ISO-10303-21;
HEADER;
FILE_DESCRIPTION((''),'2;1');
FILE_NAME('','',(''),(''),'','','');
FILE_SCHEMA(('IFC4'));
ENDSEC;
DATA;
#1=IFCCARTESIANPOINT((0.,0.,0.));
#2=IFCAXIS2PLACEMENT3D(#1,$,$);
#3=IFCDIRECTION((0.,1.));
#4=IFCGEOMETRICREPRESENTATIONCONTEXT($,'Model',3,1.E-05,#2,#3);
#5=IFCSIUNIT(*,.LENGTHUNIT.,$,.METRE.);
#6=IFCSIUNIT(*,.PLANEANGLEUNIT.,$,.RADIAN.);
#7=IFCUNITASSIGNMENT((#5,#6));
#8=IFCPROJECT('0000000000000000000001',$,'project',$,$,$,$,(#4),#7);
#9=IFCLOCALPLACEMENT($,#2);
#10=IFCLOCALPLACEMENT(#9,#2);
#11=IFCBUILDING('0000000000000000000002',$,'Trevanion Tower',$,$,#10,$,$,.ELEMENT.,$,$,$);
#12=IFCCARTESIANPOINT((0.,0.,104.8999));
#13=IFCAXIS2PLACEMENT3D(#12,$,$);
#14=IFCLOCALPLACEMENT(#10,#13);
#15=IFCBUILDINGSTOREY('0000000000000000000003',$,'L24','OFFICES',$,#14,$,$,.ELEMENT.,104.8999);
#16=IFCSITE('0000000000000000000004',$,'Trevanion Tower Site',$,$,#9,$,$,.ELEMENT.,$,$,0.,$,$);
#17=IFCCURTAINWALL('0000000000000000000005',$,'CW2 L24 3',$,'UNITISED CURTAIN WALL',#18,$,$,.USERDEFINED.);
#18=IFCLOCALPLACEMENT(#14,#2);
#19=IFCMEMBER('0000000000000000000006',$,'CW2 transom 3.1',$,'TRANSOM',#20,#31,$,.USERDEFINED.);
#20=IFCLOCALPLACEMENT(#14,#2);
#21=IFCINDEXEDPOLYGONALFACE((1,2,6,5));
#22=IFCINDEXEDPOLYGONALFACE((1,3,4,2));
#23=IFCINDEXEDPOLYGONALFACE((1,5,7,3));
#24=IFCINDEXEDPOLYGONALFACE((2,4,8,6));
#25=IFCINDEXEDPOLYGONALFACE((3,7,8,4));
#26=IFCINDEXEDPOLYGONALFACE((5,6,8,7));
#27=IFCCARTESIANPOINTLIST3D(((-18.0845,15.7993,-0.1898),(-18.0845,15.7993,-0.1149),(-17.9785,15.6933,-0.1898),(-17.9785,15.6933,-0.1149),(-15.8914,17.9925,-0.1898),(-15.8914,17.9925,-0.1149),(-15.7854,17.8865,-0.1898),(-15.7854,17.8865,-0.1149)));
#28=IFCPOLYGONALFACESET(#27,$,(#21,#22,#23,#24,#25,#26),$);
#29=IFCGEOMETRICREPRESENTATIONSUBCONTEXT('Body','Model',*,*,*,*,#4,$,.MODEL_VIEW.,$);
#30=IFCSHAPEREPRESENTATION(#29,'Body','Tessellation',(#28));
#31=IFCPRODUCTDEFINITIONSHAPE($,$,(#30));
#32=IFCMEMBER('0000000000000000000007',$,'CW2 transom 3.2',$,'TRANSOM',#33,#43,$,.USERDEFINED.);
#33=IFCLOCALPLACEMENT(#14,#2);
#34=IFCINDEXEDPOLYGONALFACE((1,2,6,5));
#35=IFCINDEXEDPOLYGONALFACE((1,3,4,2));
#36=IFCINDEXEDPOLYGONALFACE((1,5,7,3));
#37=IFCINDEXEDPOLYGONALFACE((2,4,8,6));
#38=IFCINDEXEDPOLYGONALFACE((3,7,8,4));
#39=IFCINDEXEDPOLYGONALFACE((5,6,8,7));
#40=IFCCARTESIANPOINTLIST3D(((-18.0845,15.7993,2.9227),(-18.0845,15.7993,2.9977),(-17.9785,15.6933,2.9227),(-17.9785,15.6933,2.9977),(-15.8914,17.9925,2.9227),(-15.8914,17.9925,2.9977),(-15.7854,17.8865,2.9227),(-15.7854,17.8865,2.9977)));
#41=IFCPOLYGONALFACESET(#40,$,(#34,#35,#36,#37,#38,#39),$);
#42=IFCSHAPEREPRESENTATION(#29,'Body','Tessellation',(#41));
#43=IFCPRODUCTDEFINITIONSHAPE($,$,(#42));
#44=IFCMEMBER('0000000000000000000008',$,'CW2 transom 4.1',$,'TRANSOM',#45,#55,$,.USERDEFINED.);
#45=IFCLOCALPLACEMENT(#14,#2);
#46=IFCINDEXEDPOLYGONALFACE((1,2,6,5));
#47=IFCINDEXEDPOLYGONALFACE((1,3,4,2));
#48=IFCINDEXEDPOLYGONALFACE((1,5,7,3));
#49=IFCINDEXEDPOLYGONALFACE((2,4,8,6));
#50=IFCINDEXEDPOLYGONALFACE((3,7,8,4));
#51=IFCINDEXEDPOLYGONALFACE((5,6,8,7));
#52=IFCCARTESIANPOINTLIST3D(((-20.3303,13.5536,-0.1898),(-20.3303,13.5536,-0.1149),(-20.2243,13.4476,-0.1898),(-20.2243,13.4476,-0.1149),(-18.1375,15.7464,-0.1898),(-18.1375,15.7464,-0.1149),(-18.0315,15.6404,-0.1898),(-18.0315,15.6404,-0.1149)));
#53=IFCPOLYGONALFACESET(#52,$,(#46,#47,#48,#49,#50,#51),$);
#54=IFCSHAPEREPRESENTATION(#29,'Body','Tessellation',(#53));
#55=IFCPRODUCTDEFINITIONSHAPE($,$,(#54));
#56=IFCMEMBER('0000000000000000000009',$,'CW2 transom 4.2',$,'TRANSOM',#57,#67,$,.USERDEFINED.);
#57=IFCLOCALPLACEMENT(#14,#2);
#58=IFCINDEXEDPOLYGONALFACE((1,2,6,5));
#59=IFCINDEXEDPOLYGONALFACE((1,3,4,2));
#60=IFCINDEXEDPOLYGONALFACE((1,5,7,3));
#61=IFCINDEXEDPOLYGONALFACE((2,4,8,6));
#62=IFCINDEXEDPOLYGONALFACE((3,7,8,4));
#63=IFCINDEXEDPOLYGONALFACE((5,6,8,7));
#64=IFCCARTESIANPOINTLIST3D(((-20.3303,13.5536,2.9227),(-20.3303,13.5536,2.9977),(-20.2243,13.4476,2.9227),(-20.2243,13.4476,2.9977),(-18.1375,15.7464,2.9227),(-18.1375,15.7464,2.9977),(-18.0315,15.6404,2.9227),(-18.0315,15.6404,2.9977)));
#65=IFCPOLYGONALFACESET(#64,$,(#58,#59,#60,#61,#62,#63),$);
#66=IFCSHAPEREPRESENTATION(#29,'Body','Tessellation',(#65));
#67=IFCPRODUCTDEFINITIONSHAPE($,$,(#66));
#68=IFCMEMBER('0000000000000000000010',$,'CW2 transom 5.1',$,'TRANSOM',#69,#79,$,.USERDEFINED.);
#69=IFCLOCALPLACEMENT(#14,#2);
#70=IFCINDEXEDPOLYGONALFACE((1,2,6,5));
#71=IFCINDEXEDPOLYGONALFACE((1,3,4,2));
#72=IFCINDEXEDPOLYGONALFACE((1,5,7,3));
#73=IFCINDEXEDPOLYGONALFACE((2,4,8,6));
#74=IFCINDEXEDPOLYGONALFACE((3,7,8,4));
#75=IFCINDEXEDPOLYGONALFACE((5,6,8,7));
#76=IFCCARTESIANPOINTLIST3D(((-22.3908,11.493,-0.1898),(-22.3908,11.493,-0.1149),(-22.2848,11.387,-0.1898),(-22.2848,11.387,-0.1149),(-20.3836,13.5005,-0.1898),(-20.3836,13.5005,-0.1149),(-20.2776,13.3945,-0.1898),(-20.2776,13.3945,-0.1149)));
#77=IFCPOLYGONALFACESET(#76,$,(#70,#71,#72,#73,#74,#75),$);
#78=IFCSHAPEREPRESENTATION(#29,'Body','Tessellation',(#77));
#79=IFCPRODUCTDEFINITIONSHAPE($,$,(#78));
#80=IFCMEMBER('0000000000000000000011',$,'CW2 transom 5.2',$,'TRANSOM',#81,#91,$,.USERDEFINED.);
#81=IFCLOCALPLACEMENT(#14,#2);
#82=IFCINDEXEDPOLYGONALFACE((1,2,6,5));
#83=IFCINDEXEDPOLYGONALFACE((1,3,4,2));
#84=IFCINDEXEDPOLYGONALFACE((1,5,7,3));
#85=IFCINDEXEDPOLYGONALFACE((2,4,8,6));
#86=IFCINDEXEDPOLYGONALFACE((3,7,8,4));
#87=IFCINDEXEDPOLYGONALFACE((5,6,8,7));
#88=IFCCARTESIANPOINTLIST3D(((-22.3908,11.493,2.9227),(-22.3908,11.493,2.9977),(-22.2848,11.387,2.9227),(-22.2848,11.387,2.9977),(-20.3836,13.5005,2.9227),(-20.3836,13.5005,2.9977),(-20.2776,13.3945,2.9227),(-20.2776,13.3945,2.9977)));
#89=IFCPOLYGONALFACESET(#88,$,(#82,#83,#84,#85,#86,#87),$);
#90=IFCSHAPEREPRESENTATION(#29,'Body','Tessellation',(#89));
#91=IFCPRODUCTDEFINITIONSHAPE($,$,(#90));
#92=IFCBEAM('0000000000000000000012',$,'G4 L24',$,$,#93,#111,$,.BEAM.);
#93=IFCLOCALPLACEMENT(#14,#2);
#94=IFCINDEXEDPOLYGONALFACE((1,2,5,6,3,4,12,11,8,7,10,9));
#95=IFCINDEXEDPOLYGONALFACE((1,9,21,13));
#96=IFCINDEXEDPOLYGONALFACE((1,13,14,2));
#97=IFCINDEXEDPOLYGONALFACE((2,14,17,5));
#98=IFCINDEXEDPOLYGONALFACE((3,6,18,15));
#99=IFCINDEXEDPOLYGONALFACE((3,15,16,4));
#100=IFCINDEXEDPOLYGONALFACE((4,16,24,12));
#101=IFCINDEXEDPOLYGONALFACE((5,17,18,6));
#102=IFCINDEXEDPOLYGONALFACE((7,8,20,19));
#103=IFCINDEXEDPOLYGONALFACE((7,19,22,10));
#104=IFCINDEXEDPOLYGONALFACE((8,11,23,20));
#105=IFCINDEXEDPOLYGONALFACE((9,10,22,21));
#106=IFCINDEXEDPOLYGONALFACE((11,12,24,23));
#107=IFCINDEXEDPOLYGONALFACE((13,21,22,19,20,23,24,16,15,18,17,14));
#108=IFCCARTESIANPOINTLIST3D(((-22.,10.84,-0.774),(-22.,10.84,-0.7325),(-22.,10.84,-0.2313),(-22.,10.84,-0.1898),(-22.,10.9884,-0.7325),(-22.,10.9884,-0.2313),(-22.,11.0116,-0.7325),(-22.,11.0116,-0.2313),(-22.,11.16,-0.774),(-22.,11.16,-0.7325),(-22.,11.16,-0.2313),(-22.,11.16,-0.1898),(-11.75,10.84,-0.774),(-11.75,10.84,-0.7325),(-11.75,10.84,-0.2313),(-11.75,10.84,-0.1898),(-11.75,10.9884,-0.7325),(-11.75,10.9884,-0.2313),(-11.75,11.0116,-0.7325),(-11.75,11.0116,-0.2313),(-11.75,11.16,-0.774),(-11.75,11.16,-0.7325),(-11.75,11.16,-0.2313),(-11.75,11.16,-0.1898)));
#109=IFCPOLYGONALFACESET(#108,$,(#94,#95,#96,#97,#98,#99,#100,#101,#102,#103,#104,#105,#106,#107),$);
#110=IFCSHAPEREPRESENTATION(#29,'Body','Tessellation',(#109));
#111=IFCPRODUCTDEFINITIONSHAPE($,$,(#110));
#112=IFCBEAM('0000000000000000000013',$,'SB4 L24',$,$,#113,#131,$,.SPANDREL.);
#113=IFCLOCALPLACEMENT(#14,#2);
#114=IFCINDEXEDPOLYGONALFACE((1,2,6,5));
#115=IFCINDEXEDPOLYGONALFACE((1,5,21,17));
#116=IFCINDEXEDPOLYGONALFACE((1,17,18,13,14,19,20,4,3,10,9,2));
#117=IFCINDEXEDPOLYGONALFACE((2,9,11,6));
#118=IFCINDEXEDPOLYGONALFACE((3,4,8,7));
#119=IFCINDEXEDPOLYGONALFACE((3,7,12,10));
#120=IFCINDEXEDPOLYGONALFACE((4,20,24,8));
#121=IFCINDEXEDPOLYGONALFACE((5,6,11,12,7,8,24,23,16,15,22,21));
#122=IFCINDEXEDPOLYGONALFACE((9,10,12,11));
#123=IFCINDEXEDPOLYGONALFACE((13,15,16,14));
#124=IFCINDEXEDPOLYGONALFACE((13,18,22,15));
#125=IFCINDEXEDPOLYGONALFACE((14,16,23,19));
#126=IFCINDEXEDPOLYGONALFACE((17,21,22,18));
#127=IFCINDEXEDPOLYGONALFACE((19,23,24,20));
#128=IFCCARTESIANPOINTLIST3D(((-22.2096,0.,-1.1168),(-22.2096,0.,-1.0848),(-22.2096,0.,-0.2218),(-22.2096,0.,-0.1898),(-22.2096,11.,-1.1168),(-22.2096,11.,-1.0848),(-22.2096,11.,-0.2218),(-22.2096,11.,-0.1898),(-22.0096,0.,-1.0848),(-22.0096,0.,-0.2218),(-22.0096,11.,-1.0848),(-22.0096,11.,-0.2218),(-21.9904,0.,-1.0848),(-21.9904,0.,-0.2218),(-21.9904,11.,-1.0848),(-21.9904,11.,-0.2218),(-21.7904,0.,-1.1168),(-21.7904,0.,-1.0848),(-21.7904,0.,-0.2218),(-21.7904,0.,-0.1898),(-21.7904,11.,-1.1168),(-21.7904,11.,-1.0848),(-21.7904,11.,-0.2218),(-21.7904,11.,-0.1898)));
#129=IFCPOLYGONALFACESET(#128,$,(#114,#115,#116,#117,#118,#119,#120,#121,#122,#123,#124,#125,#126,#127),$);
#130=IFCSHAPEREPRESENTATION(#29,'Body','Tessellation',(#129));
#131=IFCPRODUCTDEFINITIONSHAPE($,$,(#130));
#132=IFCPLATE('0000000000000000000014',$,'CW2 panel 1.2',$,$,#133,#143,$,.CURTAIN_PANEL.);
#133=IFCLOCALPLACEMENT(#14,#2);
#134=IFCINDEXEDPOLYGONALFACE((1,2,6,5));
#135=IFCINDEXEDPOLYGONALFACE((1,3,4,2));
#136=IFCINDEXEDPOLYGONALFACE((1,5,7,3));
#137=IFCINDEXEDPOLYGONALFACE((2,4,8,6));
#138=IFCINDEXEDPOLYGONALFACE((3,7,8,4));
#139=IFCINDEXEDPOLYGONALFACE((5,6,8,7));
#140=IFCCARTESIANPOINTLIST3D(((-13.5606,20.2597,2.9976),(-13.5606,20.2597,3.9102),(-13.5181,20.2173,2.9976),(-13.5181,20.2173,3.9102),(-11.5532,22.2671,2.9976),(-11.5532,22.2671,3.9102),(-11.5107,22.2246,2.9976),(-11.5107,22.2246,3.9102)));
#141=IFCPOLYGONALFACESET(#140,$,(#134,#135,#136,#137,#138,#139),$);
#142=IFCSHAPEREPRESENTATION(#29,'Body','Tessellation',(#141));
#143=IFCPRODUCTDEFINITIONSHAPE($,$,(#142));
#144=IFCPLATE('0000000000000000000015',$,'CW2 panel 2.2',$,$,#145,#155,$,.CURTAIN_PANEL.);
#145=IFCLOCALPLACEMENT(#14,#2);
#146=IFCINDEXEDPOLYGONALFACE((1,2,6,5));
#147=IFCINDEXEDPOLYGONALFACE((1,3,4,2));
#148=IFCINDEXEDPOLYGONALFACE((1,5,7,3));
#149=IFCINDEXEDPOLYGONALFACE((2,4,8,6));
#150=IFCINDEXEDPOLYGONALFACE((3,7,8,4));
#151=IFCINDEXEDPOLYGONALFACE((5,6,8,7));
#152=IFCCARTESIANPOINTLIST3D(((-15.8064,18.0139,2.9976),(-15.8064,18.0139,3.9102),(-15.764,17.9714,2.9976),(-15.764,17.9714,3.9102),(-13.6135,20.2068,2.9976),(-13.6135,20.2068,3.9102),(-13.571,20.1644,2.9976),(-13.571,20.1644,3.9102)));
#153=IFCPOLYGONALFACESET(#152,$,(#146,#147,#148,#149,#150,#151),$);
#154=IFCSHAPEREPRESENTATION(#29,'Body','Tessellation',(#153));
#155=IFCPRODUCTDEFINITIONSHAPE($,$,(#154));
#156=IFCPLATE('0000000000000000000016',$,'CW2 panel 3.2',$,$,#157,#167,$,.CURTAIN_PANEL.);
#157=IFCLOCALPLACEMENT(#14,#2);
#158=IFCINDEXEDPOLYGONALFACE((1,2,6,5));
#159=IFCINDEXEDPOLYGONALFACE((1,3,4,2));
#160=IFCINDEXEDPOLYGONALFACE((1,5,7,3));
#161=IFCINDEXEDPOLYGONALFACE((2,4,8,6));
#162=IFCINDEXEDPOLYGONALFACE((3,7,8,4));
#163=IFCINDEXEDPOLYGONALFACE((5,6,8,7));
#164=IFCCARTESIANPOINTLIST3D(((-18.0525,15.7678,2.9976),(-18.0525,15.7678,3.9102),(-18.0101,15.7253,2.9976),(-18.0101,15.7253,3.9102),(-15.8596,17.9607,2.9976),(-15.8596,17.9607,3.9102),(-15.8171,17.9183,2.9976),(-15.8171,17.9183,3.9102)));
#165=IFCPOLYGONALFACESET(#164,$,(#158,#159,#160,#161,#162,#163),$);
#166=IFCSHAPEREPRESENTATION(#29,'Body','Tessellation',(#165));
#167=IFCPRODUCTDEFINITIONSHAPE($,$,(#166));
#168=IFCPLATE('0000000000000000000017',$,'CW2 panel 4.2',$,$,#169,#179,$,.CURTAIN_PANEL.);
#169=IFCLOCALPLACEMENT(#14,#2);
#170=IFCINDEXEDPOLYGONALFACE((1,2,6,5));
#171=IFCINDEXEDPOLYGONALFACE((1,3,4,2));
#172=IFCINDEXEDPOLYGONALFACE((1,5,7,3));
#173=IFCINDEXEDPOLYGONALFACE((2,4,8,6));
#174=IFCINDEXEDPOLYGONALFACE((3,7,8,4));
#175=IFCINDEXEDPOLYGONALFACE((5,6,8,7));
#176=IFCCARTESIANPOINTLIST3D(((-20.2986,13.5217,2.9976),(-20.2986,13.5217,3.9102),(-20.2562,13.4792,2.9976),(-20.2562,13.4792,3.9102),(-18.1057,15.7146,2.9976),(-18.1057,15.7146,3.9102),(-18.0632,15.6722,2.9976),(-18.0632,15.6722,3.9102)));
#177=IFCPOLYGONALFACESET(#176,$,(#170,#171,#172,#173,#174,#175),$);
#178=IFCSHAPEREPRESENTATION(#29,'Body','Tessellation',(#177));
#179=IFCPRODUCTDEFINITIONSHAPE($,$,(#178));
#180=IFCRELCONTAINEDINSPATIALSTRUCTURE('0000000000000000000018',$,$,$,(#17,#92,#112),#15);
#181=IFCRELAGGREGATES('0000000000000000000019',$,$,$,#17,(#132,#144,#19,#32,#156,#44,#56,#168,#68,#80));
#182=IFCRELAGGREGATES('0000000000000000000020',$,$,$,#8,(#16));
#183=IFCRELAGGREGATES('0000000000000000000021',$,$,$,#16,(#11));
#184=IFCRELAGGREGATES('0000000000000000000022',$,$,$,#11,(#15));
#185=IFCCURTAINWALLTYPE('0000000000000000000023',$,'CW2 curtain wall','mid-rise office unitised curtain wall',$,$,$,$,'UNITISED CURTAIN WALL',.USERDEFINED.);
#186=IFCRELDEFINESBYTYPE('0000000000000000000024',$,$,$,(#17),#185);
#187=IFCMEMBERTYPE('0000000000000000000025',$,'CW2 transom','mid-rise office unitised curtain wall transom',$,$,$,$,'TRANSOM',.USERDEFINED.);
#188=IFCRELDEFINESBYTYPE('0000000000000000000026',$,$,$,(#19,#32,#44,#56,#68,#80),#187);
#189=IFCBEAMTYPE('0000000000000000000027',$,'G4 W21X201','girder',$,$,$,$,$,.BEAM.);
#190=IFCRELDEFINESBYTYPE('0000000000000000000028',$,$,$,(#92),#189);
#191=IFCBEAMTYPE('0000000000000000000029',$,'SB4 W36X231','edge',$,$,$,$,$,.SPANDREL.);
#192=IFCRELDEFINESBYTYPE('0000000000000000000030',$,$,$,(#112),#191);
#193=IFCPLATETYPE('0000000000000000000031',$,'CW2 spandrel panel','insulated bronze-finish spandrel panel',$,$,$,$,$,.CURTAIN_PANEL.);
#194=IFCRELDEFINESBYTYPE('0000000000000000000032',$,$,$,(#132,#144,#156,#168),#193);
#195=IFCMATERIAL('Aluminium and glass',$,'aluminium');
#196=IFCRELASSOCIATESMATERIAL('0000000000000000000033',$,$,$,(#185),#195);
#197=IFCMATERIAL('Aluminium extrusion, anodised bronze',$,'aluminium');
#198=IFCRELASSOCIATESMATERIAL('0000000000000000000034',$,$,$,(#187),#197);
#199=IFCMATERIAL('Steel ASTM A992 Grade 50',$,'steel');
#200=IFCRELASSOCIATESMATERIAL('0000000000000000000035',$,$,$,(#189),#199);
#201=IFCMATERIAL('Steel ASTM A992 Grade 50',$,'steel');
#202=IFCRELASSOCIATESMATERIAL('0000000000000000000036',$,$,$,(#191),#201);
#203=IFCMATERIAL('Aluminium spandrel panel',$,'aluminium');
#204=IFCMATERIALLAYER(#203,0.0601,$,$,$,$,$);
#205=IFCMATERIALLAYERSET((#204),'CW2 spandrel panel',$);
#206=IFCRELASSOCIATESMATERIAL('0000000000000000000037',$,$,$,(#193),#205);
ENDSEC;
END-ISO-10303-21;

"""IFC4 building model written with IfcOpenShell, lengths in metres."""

from ifc_helpers import new_model, si_unit, direction, frame, origin, origin_2d, place, context, subcontext, project, spatial, rectangle, i_section, extrude, material, layer, layer_set, material_profile, profile_set, type_object, element, aggregate, save


model = new_model("IFC4")

# Units and contexts
model_context = context("Model", 3, precision=1e-05, world=origin(), true_north=direction((0.0, 1.0)))
body_context = subcontext(model_context, "Body", "Model", "MODEL_VIEW")
ifc_project = project(units=[si_unit("LENGTHUNIT", "METRE"), si_unit("PLANEANGLEUNIT", "RADIAN")], contexts=[model_context])

# Site, building, storey
site_placement = place(None, origin())
site = spatial("IfcSite", under=ifc_project, at=site_placement, Name="Trevanion Tower Site", CompositionType="ELEMENT", RefElevation=0.0)
building_placement = place(site_placement, origin())
building = spatial("IfcBuilding", under=site, at=building_placement, Name="Trevanion Tower", CompositionType="ELEMENT")
storey_placement = place(building_placement, frame((0.0, 0.0, 104.8999)))
storey = spatial("IfcBuildingStorey", under=building, at=storey_placement, Name="L24", Description="OFFICES", CompositionType="ELEMENT", Elevation=104.8999)

# Curtain wall, members
ifc_material_1 = material(Name="Aluminium and glass", Category="aluminium")
curtain_wall_type = type_object("IfcCurtainWallType", Name="CW2 curtain wall", Description="mid-rise office unitised curtain wall", ElementType="UNITISED CURTAIN WALL", PredefinedType="USERDEFINED", material=ifc_material_1)
curtain_wall_placement = place(storey_placement, origin())
curtain_wall = element("IfcCurtainWall", 1, at=curtain_wall_placement, inside=storey, type_object=curtain_wall_type, Name="CW2 L24 3", ObjectType="UNITISED CURTAIN WALL", PredefinedType="USERDEFINED")
ifc_material_2 = material(Name="Aluminium extrusion, anodised bronze", Category="aluminium")
ifc_material_profile_1 = material_profile(ifc_material_2, rectangle(XDim=0.1499, YDim=0.075, at=origin_2d()), Name="CW2 transom")
ifc_profile_set_1 = profile_set([ifc_material_profile_1], Name="Aluminium extrusion, anodised bronze")
member_type_1 = type_object("IfcMemberType", Name="CW2 transom", Description="mid-rise office unitised curtain wall transom", ElementType="TRANSOM", PredefinedType="USERDEFINED", material=ifc_profile_set_1)
member_1_placement = place(storey_placement, frame((-15.8384, 17.9395, -0.1523), z_axis=(-0.707107, -0.707107, 0.0), x_axis=(0.707107, -0.707107, 0.0)))
member_1 = element("IfcMember", 2, at=member_1_placement, type_object=member_type_1, Name="CW2 transom 3.1", ObjectType="TRANSOM", PredefinedType="USERDEFINED", context=body_context, shape_type="SweptSolid", body=[
    extrude(rectangle(XDim=0.1499, YDim=0.075, at=origin_2d()), origin(), (0.0, 0.0, 1.0), 3.1016),
])
member_2_placement = place(storey_placement, frame((-15.8384, 17.9395, 2.9602), z_axis=(-0.707107, -0.707107, 0.0), x_axis=(0.707107, -0.707107, 0.0)))
member_2 = element("IfcMember", 3, at=member_2_placement, type_object=member_type_1, Name="CW2 transom 3.2", ObjectType="TRANSOM", PredefinedType="USERDEFINED", context=body_context, shape_type="SweptSolid", body=[
    extrude(rectangle(XDim=0.1499, YDim=0.075, at=origin_2d()), origin(), (0.0, 0.0, 1.0), 3.1016),
])
member_3_placement = place(storey_placement, frame((-18.0845, 15.6934, -0.1523), z_axis=(-0.707107, -0.707107, 0.0), x_axis=(0.707107, -0.707107, 0.0)))
member_3 = element("IfcMember", 4, at=member_3_placement, type_object=member_type_1, Name="CW2 transom 4.1", ObjectType="TRANSOM", PredefinedType="USERDEFINED", context=body_context, shape_type="SweptSolid", body=[
    extrude(rectangle(XDim=0.1499, YDim=0.075, at=origin_2d()), origin(), (0.0, 0.0, 1.0), 3.1011),
])
member_4_placement = place(storey_placement, frame((-18.0845, 15.6934, 2.9602), z_axis=(-0.707107, -0.707107, 0.0), x_axis=(0.707107, -0.707107, 0.0)))
member_4 = element("IfcMember", 5, at=member_4_placement, type_object=member_type_1, Name="CW2 transom 4.2", ObjectType="TRANSOM", PredefinedType="USERDEFINED", context=body_context, shape_type="SweptSolid", body=[
    extrude(rectangle(XDim=0.1499, YDim=0.075, at=origin_2d()), origin(), (0.0, 0.0, 1.0), 3.1011),
])
member_5_placement = place(storey_placement, frame((-20.3306, 13.4475, -0.1523), z_axis=(-0.707064, -0.70715, 0.0), x_axis=(0.70715, -0.707064, 0.0)))
member_5 = element("IfcMember", 6, at=member_5_placement, type_object=member_type_1, Name="CW2 transom 5.1", ObjectType="TRANSOM", PredefinedType="USERDEFINED", context=body_context, shape_type="SweptSolid", body=[
    extrude(rectangle(XDim=0.1499, YDim=0.075, at=origin_2d()), origin(), (0.0, 0.0, 1.0), 2.8389),
])
member_6_placement = place(storey_placement, frame((-20.3306, 13.4475, 2.9602), z_axis=(-0.707064, -0.70715, 0.0), x_axis=(0.70715, -0.707064, 0.0)))
member_6 = element("IfcMember", 7, at=member_6_placement, type_object=member_type_1, Name="CW2 transom 5.2", ObjectType="TRANSOM", PredefinedType="USERDEFINED", context=body_context, shape_type="SweptSolid", body=[
    extrude(rectangle(XDim=0.1499, YDim=0.075, at=origin_2d()), origin(), (0.0, 0.0, 1.0), 2.8389),
])

# Beams
ifc_material_3 = material(Name="Steel ASTM A992 Grade 50", Category="steel")
ifc_material_profile_2 = material_profile(ifc_material_3, i_section(OverallWidth=0.3201, OverallDepth=0.5842, WebThickness=0.0232, FlangeThickness=0.0415, at=origin_2d()), Name="W21X201")
ifc_profile_set_2 = profile_set([ifc_material_profile_2], Name="Steel ASTM A992 Grade 50")
beam_type_1 = type_object("IfcBeamType", Name="G4 W21X201", Description="girder", PredefinedType="BEAM", material=ifc_profile_set_2)
beam_1_placement = place(storey_placement, frame((-11.75, 11.0, -0.4819), z_axis=(-1.0, 0.0, 0.0), x_axis=(0.0, -1.0, 0.0)))
element("IfcBeam", 8, at=beam_1_placement, inside=storey, type_object=beam_type_1, Name="G4 L24", PredefinedType="BEAM", context=body_context, shape_type="SweptSolid", body=[
    extrude(i_section(OverallWidth=0.3201, OverallDepth=0.5842, WebThickness=0.0232, FlangeThickness=0.0415, at=origin_2d()), origin(), (0.0, 0.0, 1.0), 10.25),
])
ifc_material_4 = material(Name="Steel ASTM A992 Grade 50", Category="steel")
ifc_material_profile_3 = material_profile(ifc_material_4, i_section(OverallWidth=0.4192, OverallDepth=0.927, WebThickness=0.0193, FlangeThickness=0.032, at=origin_2d()), Name="W36X231")
ifc_profile_set_3 = profile_set([ifc_material_profile_3], Name="Steel ASTM A992 Grade 50")
beam_type_2 = type_object("IfcBeamType", Name="SB4 W36X231", Description="edge", PredefinedType="SPANDREL", material=ifc_profile_set_3)
beam_2_placement = place(storey_placement, frame((-22.0, 11.0, -0.6533), z_axis=(0.0, -1.0, 0.0), x_axis=(1.0, 0.0, 0.0)))
element("IfcBeam", 9, at=beam_2_placement, inside=storey, type_object=beam_type_2, Name="SB4 L24", PredefinedType="SPANDREL", context=body_context, shape_type="SweptSolid", body=[
    extrude(i_section(OverallWidth=0.4192, OverallDepth=0.927, WebThickness=0.0193, FlangeThickness=0.032, at=origin_2d()), origin(), (0.0, 0.0, 1.0), 11.0),
])

# Plates
ifc_material_5 = material(Name="Aluminium spandrel panel", Category="aluminium")
ifc_layer_1 = layer(ifc_material_5, 0.0601)
ifc_layer_set_1 = layer_set([ifc_layer_1], Name="CW2 spandrel panel")
plate_type_1 = type_object("IfcPlateType", Name="CW2 spandrel panel", Description="insulated bronze-finish spandrel panel", PredefinedType="CURTAIN_PANEL", material=ifc_layer_set_1)
plate_1_placement = place(storey_placement, frame((-12.5356, 21.2422, 2.9976), z_axis=(0.0, 0.0, 1.0), x_axis=(-0.707107, -0.707107, 0.0)))
plate_1 = element("IfcPlate", 10, at=plate_1_placement, type_object=plate_type_1, Name="CW2 panel 1.2", PredefinedType="CURTAIN_PANEL", context=body_context, shape_type="SweptSolid", body=[
    extrude(rectangle(XDim=2.8389, YDim=0.0601, at=origin_2d()), origin(), (0.0, 0.0, 1.0), 0.9126),
])
plate_2_placement = place(storey_placement, frame((-14.6887, 19.0891, 2.9976), z_axis=(0.0, 0.0, 1.0), x_axis=(-0.707107, -0.707107, 0.0)))
plate_2 = element("IfcPlate", 11, at=plate_2_placement, type_object=plate_type_1, Name="CW2 panel 2.2", PredefinedType="CURTAIN_PANEL", context=body_context, shape_type="SweptSolid", body=[
    extrude(rectangle(XDim=3.1013, YDim=0.0601, at=origin_2d()), origin(), (0.0, 0.0, 1.0), 0.9126),
])
plate_3_placement = place(storey_placement, frame((-16.9348, 16.843, 2.9976), z_axis=(0.0, 0.0, 1.0), x_axis=(-0.707107, -0.707107, 0.0)))
plate_3 = element("IfcPlate", 12, at=plate_3_placement, type_object=plate_type_1, Name="CW2 panel 3.2", PredefinedType="CURTAIN_PANEL", context=body_context, shape_type="SweptSolid", body=[
    extrude(rectangle(XDim=3.1013, YDim=0.0601, at=origin_2d()), origin(), (0.0, 0.0, 1.0), 0.9126),
])
plate_4_placement = place(storey_placement, frame((-19.1809, 14.5969, 2.9976), z_axis=(0.0, 0.0, 1.0), x_axis=(-0.707107, -0.707107, 0.0)))
plate_4 = element("IfcPlate", 13, at=plate_4_placement, type_object=plate_type_1, Name="CW2 panel 4.2", PredefinedType="CURTAIN_PANEL", context=body_context, shape_type="SweptSolid", body=[
    extrude(rectangle(XDim=3.1013, YDim=0.0601, at=origin_2d()), origin(), (0.0, 0.0, 1.0), 0.9126),
])
aggregate(curtain_wall, [plate_1, plate_2, member_1, member_2, plate_3, member_3, member_4, plate_4, member_5, member_6])

save(model, "model.ifc")
